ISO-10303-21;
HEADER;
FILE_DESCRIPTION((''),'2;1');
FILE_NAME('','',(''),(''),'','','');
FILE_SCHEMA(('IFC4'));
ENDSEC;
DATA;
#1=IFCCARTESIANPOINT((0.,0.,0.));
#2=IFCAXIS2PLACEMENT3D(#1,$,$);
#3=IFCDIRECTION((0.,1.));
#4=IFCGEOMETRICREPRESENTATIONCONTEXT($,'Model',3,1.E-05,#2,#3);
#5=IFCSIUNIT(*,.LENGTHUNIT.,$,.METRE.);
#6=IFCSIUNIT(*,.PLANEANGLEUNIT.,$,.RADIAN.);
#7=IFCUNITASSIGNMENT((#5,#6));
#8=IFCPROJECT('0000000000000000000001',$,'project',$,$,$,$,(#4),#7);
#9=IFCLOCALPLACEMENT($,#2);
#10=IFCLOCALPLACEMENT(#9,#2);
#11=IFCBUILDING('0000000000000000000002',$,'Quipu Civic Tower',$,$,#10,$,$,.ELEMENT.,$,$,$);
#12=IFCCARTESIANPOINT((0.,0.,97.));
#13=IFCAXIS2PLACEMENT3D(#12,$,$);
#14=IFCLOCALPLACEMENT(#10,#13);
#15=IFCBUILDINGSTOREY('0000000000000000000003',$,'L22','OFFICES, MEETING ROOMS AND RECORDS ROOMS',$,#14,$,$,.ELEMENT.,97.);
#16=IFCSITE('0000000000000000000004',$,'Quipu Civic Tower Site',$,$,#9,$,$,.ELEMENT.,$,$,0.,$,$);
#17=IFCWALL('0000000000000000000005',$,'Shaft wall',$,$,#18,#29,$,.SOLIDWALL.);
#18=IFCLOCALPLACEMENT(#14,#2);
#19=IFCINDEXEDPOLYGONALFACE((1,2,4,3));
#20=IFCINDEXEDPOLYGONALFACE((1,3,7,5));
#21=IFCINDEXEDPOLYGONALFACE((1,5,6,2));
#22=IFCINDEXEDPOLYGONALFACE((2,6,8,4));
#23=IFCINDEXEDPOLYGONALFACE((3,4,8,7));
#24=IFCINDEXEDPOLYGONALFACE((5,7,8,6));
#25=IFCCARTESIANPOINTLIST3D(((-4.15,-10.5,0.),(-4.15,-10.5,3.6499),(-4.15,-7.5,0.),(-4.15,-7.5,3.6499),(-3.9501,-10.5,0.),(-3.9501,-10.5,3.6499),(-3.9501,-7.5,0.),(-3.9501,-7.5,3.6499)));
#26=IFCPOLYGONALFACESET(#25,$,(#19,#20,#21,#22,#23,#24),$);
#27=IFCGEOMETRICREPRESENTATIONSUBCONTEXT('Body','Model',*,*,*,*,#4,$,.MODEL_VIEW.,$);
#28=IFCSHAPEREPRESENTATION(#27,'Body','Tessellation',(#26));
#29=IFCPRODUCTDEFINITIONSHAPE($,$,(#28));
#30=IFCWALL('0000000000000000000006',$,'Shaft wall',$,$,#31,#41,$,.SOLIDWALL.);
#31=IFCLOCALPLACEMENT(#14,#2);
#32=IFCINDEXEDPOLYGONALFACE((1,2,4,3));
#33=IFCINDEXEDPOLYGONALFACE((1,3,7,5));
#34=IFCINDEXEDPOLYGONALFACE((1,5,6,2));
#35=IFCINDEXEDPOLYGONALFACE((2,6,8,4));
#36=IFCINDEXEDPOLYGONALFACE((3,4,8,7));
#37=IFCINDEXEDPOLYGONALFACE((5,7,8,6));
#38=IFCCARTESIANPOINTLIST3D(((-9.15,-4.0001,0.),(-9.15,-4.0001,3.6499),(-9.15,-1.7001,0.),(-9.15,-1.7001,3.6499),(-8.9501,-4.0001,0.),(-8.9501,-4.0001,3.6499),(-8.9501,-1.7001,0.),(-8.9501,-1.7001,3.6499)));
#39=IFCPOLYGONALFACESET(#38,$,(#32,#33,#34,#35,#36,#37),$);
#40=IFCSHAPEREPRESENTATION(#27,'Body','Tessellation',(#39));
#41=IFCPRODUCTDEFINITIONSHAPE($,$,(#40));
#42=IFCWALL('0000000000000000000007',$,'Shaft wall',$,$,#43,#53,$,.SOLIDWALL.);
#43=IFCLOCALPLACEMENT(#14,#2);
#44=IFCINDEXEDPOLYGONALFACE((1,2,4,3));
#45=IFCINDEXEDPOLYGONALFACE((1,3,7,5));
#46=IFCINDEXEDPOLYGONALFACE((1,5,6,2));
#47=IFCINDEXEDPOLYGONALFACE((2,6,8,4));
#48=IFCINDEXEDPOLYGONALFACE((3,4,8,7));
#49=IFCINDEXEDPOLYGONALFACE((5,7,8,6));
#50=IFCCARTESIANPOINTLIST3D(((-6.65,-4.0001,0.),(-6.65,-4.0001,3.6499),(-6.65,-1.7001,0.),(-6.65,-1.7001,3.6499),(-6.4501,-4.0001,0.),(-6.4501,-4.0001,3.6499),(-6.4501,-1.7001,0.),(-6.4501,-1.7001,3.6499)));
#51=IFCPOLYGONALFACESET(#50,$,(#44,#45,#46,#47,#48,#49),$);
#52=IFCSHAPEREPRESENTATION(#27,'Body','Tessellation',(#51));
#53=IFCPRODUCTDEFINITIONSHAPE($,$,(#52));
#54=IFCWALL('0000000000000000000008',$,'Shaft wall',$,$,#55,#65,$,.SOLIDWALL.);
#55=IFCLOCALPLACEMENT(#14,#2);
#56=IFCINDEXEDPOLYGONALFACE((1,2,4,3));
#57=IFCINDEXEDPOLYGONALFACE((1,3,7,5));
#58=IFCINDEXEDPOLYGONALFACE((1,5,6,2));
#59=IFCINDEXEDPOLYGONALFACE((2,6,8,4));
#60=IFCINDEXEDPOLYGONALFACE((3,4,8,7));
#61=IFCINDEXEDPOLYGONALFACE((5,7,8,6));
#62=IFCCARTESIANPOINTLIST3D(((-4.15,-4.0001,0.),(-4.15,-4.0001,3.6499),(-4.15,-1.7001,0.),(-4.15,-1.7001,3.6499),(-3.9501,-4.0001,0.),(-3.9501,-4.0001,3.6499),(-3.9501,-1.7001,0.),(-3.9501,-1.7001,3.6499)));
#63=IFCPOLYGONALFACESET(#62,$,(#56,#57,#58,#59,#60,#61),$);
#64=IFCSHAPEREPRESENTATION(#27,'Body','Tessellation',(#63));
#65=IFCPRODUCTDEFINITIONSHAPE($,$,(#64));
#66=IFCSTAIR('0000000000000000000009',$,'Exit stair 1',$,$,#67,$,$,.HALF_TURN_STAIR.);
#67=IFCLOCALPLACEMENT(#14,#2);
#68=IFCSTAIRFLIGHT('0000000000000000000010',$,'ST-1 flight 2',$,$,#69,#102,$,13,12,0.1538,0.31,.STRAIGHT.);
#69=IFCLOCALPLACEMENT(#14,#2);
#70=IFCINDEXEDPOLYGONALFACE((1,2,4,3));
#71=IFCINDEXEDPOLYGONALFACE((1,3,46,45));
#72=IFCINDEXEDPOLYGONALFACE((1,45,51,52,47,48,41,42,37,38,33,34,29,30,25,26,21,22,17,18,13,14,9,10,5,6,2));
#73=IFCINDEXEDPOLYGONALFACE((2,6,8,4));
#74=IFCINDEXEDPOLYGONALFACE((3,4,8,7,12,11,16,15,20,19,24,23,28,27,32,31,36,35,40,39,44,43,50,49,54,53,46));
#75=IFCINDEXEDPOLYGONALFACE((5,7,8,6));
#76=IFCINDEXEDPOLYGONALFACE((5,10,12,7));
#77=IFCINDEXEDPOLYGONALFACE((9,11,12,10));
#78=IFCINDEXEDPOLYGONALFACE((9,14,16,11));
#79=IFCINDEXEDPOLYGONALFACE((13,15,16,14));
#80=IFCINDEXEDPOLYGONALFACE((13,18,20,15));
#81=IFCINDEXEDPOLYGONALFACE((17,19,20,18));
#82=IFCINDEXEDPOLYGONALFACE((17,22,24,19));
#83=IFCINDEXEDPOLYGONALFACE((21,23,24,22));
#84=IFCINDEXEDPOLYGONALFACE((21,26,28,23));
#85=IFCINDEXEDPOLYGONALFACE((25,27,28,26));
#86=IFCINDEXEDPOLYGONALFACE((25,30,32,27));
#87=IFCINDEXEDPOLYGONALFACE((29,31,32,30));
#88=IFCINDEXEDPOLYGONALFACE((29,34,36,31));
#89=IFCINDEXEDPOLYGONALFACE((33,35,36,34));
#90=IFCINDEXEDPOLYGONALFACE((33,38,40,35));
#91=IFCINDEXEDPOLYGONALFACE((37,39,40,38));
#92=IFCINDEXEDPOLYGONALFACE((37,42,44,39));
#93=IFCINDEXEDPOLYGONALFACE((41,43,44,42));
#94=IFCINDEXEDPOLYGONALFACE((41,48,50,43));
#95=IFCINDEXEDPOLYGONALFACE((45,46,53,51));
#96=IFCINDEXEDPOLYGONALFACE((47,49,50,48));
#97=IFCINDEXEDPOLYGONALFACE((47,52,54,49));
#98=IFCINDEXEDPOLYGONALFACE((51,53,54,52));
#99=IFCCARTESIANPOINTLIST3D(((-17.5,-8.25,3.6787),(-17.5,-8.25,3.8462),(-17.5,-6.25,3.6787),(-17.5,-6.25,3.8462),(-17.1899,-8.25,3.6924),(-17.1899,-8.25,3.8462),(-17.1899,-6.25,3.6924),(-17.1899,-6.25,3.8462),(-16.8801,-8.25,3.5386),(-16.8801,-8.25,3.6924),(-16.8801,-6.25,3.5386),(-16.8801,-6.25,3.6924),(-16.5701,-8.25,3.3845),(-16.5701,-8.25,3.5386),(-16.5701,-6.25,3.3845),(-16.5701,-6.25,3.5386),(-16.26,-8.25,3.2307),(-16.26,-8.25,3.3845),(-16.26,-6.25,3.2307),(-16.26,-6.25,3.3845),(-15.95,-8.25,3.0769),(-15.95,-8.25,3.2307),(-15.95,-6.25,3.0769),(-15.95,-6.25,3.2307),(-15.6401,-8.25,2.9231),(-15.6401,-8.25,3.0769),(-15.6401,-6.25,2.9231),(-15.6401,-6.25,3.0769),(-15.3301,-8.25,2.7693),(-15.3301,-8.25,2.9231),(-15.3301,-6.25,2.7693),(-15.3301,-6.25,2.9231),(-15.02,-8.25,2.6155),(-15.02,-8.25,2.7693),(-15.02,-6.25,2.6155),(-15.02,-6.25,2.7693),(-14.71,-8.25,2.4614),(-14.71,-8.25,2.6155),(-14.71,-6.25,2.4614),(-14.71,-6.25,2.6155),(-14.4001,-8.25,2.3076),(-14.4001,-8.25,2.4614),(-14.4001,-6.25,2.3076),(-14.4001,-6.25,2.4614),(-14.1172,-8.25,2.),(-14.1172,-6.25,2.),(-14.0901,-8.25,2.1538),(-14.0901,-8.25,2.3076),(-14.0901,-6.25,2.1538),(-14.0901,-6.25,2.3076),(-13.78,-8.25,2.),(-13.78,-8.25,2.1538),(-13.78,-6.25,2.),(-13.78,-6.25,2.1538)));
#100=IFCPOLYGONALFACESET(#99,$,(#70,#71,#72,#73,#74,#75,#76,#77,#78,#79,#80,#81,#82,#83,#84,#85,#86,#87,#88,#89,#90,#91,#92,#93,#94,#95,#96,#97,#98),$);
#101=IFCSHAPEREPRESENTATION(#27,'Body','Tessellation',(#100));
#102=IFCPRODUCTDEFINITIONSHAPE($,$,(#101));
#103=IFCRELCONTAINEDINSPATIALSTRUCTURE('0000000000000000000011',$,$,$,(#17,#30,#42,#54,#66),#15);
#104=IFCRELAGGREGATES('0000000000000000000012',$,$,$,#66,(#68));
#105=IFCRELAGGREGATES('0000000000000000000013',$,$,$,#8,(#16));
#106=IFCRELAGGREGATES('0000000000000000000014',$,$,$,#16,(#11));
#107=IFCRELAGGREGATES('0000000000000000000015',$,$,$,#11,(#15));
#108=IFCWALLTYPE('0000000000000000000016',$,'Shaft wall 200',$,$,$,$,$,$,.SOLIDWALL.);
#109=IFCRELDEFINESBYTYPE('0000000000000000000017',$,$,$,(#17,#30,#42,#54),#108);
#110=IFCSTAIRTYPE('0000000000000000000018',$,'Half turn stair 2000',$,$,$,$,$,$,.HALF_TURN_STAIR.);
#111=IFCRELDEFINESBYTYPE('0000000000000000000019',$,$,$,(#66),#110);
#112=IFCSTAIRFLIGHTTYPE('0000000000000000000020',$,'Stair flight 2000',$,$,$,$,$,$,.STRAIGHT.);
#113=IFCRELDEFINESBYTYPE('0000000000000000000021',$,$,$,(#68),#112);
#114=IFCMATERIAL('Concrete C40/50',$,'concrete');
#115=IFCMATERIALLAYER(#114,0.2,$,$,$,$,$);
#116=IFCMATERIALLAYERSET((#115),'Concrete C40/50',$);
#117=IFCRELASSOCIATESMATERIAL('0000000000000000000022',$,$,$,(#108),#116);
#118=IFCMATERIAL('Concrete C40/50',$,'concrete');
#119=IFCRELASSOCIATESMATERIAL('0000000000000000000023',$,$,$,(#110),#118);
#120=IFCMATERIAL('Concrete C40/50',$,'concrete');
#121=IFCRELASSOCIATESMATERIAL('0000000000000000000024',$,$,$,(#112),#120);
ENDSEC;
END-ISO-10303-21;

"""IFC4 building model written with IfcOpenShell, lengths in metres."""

from ifc_helpers import new_model, si_unit, direction, frame, frame_2d, origin, place, context, subcontext, project, spatial, polyline, rectangle, outline, extrude, material, layer, layer_set, type_object, element, aggregate, save


model = new_model("IFC4")

# Units and contexts
model_context = context("Model", 3, precision=1e-05, world=origin(), true_north=direction((0.0, 1.0)))
body_context = subcontext(model_context, "Body", "Model", "MODEL_VIEW")
ifc_project = project(units=[si_unit("LENGTHUNIT", "METRE"), si_unit("PLANEANGLEUNIT", "RADIAN")], contexts=[model_context])

# Site, building, storey
site_placement = place(None, origin())
site = spatial("IfcSite", under=ifc_project, at=site_placement, Name="Quipu Civic Tower Site", CompositionType="ELEMENT", RefElevation=0.0)
building_placement = place(site_placement, origin())
building = spatial("IfcBuilding", under=site, at=building_placement, Name="Quipu Civic Tower", CompositionType="ELEMENT")
storey_placement = place(building_placement, frame((0.0, 0.0, 97.0)))
storey = spatial("IfcBuildingStorey", under=building, at=storey_placement, Name="L22", Description="OFFICES, MEETING ROOMS AND RECORDS ROOMS", CompositionType="ELEMENT", Elevation=97.0)

# Walls
ifc_material_1 = material(Name="Concrete C40/50", Category="concrete")
ifc_layer_1 = layer(ifc_material_1, 0.2)
ifc_layer_set_1 = layer_set([ifc_layer_1], Name="Concrete C40/50")
wall_type_1 = type_object("IfcWallType", Name="Shaft wall 200", PredefinedType="SOLIDWALL", material=ifc_layer_set_1)
for number, where, z_axis, x_axis, name in (
    (1, (-4.05, -10.5, 0.0), (0.0, 0.0, 1.0), (0.0, 1.0, 0.0), "Shaft wall"),
):
    element("IfcWall", number, at=place(storey_placement, frame(where, z_axis=z_axis, x_axis=x_axis)), inside=storey, type_object=wall_type_1, Name=name, PredefinedType="SOLIDWALL", context=body_context, shape_type="SweptSolid", body=[
        extrude(rectangle(XDim=3.0, YDim=0.2, at=frame_2d((1.5, 0.0))), origin(), (0.0, 0.0, 1.0), 3.6499),
    ])
for number, where, z_axis, x_axis, name in (
    (2, (-9.05, -4.0, 0.0), (0.0, 0.0, 1.0), (0.0, 1.0, 0.0), "Shaft wall"),
    (3, (-6.55, -4.0, 0.0), (0.0, 0.0, 1.0), (0.0, 1.0, 0.0), "Shaft wall"),
    (4, (-4.05, -4.0, 0.0), (0.0, 0.0, 1.0), (0.0, 1.0, 0.0), "Shaft wall"),
):
    element("IfcWall", number, at=place(storey_placement, frame(where, z_axis=z_axis, x_axis=x_axis)), inside=storey, type_object=wall_type_1, Name=name, PredefinedType="SOLIDWALL", context=body_context, shape_type="SweptSolid", body=[
        extrude(rectangle(XDim=2.3, YDim=0.2, at=frame_2d((1.1499, 0.0))), origin(), (0.0, 0.0, 1.0), 3.6499),
    ])

# Stair, stair flight
ifc_material_2 = material(Name="Concrete C40/50", Category="concrete")
stair_type = type_object("IfcStairType", Name="Half turn stair 2000", PredefinedType="HALF_TURN_STAIR", material=ifc_material_2)
stair_placement = place(storey_placement, origin())
stair = element("IfcStair", 5, at=stair_placement, inside=storey, type_object=stair_type, Name="Exit stair 1", PredefinedType="HALF_TURN_STAIR")
ifc_material_3 = material(Name="Concrete C40/50", Category="concrete")
stair_flight_type = type_object("IfcStairFlightType", Name="Stair flight 2000", PredefinedType="STRAIGHT", material=ifc_material_3)
stair_flight_placement = place(storey_placement, frame((-13.78, -7.25, 2.0), z_axis=(0.0, 0.0, 1.0), x_axis=(-1.0, 0.0, 0.0)))
stair_flight = element("IfcStairFlight", 6, at=stair_flight_placement, type_object=stair_flight_type, Name="ST-1 flight 2", NumberOfRisers=13, NumberOfTreads=12, PredefinedType="STRAIGHT", RiserHeight=0.1538, TreadLength=0.31, context=body_context, shape_type="SweptSolid", body=[
    extrude(outline(polyline([(0.0, 0.0), (0.0, 0.1538), (0.3101, 0.1538), (0.3101, 0.3076), (0.6201, 0.3076), (0.6201, 0.4614), (0.9299, 0.4614), (0.9299, 0.6155), (1.24, 0.6155), (1.24, 0.7693), (1.55, 0.7693), (1.55, 0.9231), (1.8601, 0.9231), (1.8601, 1.0769), (2.1699, 1.0769), (2.1699, 1.2307), (2.48, 1.2307), (2.48, 1.3845), (2.79, 1.3845), (2.79, 1.5386), (3.1001, 1.5386), (3.1001, 1.6924), (3.4099, 1.6924), (3.4099, 1.8462), (3.72, 1.8462), (3.72, 2.0), (3.72, 1.6787), (0.3372, 0.0), (0.0, 0.0)])), frame((0.0, 1.0, 0.0), z_axis=(0.0, -1.0, 0.0), x_axis=(1.0, 0.0, 0.0)), (0.0, 0.0, 1.0), 2.0),
])
aggregate(stair, [stair_flight])

save(model, "model.ifc")
